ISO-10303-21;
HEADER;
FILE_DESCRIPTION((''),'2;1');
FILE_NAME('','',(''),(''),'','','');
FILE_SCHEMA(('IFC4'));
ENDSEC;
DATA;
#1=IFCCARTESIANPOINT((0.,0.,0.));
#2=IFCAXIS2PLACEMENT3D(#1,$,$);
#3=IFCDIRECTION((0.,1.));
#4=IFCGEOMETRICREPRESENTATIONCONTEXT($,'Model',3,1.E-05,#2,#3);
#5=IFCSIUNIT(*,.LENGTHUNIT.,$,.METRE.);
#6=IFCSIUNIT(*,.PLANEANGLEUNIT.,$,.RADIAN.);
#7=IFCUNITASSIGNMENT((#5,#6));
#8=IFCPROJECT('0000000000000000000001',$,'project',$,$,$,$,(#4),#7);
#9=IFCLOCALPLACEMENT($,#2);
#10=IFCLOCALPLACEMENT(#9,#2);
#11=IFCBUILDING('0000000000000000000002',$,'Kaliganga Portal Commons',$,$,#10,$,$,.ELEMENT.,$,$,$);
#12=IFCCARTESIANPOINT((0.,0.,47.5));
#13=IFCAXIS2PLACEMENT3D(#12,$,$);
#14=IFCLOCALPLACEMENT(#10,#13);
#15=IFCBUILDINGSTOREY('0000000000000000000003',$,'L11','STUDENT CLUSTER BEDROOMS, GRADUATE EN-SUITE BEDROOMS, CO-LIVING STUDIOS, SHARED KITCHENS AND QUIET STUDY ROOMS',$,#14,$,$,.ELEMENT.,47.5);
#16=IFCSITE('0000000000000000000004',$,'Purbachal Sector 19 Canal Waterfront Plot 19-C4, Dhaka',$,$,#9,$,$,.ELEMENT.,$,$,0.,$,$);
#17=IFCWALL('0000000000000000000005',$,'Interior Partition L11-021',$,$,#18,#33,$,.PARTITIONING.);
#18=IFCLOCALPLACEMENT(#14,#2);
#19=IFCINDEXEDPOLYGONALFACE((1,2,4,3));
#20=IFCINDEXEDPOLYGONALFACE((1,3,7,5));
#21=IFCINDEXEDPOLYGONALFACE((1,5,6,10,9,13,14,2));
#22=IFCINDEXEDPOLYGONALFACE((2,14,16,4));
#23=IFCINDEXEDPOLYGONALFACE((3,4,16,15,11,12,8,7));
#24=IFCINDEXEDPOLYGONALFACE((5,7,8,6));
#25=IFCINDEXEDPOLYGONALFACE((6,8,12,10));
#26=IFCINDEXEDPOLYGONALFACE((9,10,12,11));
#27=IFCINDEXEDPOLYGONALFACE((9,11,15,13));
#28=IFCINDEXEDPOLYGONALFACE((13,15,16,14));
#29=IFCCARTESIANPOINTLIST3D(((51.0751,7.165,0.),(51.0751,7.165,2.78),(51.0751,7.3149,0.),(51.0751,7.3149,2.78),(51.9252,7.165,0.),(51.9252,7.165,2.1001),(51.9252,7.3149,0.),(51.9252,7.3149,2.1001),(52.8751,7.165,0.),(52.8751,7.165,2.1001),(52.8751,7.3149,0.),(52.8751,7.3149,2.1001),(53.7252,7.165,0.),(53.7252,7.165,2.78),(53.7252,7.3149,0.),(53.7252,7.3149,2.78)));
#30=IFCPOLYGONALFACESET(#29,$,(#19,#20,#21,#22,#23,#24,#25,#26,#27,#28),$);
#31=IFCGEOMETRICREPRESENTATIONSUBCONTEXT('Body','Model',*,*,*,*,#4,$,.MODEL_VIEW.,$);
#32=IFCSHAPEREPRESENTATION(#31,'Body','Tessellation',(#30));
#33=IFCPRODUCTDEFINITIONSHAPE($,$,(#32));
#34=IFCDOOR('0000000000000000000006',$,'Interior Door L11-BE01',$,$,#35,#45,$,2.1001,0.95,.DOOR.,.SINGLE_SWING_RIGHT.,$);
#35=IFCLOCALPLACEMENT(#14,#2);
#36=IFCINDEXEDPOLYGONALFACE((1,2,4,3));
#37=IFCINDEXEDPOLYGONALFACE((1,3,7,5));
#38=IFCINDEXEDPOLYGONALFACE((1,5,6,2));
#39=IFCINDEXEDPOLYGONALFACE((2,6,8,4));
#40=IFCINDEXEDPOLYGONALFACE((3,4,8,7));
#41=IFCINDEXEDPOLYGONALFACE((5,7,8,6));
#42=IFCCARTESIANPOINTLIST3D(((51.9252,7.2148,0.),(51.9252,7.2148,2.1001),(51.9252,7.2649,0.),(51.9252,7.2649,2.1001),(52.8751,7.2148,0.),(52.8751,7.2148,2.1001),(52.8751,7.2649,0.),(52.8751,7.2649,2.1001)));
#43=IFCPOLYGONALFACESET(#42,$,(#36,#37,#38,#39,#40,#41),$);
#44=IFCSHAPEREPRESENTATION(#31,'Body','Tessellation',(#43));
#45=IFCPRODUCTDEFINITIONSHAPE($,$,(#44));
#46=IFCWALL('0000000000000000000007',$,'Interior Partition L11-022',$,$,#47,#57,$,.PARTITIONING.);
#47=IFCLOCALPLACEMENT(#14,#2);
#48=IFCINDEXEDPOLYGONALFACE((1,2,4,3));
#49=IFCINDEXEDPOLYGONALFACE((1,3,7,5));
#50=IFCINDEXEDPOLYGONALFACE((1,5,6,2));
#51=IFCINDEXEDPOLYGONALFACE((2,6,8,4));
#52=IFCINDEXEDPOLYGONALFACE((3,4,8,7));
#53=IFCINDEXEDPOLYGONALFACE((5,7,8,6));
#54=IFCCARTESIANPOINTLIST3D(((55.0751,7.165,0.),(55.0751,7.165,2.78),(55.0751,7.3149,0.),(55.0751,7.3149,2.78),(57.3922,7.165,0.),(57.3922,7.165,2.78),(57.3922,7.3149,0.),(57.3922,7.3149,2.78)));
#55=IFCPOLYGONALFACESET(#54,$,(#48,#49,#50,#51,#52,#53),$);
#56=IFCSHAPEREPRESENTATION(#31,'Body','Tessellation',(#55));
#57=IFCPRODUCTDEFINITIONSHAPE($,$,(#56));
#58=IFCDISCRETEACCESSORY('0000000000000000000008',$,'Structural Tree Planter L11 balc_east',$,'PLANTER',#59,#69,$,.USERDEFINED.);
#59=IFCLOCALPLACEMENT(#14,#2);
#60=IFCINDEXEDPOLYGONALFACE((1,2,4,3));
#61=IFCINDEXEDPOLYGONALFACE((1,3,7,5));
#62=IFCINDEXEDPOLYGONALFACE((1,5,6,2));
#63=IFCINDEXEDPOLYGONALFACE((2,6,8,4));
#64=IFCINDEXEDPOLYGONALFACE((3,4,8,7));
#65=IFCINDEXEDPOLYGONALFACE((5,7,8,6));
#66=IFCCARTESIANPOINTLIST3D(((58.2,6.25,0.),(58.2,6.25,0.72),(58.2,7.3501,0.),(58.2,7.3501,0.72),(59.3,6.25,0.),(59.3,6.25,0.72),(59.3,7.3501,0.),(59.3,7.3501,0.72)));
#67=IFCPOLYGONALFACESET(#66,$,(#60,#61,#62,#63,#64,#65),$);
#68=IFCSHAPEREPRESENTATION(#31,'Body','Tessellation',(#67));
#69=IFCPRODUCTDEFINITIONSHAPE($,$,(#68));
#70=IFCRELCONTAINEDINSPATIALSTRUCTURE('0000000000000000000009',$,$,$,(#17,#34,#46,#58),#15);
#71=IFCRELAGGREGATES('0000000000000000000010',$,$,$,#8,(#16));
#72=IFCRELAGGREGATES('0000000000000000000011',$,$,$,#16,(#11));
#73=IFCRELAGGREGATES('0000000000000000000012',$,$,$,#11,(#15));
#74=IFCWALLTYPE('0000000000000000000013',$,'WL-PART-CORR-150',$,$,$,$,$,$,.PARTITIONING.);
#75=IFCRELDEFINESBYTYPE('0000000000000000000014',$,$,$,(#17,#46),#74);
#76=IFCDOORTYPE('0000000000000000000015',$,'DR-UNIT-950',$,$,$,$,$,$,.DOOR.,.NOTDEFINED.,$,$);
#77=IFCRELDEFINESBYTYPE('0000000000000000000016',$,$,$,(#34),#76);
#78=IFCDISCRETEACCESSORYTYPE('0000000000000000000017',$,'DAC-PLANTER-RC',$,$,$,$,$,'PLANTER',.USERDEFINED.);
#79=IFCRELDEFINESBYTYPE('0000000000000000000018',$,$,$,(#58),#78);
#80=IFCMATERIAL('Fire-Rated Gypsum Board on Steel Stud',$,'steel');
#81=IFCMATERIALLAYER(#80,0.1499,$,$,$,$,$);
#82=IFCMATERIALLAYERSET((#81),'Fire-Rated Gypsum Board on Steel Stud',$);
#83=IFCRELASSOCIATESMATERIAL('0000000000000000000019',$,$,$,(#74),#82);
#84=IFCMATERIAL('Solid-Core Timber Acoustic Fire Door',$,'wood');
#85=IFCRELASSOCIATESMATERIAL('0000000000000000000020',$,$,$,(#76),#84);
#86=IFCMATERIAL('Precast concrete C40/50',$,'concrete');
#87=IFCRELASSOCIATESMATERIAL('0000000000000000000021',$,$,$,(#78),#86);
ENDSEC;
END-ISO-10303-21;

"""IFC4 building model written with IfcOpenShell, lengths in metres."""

from ifc_helpers import new_model, si_unit, direction, frame, frame_2d, origin, origin_2d, place, context, subcontext, project, spatial, rectangle, extrude, source, transform, mapped, material, layer, layer_set, type_object, element, fill, save


model = new_model("IFC4")

# Units and contexts
model_context = context("Model", 3, precision=1e-05, world=origin(), true_north=direction((0.0, 1.0)))
body_context = subcontext(model_context, "Body", "Model", "MODEL_VIEW")
ifc_project = project(units=[si_unit("LENGTHUNIT", "METRE"), si_unit("PLANEANGLEUNIT", "RADIAN")], contexts=[model_context])

# Site, building, storey
site_placement = place(None, origin())
site = spatial("IfcSite", under=ifc_project, at=site_placement, Name="Purbachal Sector 19 Canal Waterfront Plot 19-C4, Dhaka", CompositionType="ELEMENT", RefElevation=0.0)
building_placement = place(site_placement, origin())
building = spatial("IfcBuilding", under=site, at=building_placement, Name="Kaliganga Portal Commons", CompositionType="ELEMENT")
storey_placement = place(building_placement, frame((0.0, 0.0, 47.5)))
storey = spatial("IfcBuildingStorey", under=building, at=storey_placement, Name="L11", Description="STUDENT CLUSTER BEDROOMS, GRADUATE EN-SUITE BEDROOMS, CO-LIVING STUDIOS, SHARED KITCHENS AND QUIET STUDY ROOMS", CompositionType="ELEMENT", Elevation=47.5)

# Wall, opening, door
ifc_material_1 = material(Name="Fire-Rated Gypsum Board on Steel Stud", Category="steel")
ifc_layer_1 = layer(ifc_material_1, 0.1499)
ifc_layer_set_1 = layer_set([ifc_layer_1], Name="Fire-Rated Gypsum Board on Steel Stud")
wall_type_1 = type_object("IfcWallType", Name="WL-PART-CORR-150", PredefinedType="PARTITIONING", material=ifc_layer_set_1)
wall_1_placement = place(storey_placement, frame((51.075, 7.24, 0.0), z_axis=(0.0, 0.0, 1.0), x_axis=(1.0, 0.0, 0.0)))
wall_1 = element("IfcWall", 1, at=wall_1_placement, inside=storey, type_object=wall_type_1, Name="Interior Partition L11-021", PredefinedType="PARTITIONING", context=body_context, shape_type="SweptSolid", body=[
    extrude(rectangle(XDim=2.6501, YDim=0.1499, at=frame_2d((1.3252, 0.0))), origin(), (0.0, 0.0, 1.0), 2.78),
])
opening_1_placement = place(wall_1_placement, frame((0.8501, 0.0, 0.0)))
opening_1 = element("IfcOpeningElement", 2, at=opening_1_placement, cuts=wall_1, PredefinedType="OPENING", context=body_context, shape_type="SweptSolid", body=[
    extrude(rectangle(XDim=0.95, YDim=2.1001, at=frame_2d((0.4751, 1.05))), frame((0.0, 0.085, 0.0), z_axis=(0.0, -1.0, 0.0), x_axis=(1.0, 0.0, 0.0)), (0.0, 0.0, 1.0), 0.1699),
])
ifc_material_2 = material(Name="Solid-Core Timber Acoustic Fire Door", Category="wood")
door_type_1 = type_object("IfcDoorType", Name="DR-UNIT-950", OperationType="NOTDEFINED", PredefinedType="DOOR", material=ifc_material_2)
door_1_placement = place(opening_1_placement, origin())
door_1 = element("IfcDoor", 3, at=door_1_placement, inside=storey, type_object=door_type_1, Name="Interior Door L11-BE01", OperationType="SINGLE_SWING_RIGHT", OverallHeight=2.1001, OverallWidth=0.95, PredefinedType="DOOR", context=body_context, shape_type="SweptSolid", body=[
    extrude(rectangle(XDim=0.95, YDim=2.1001, at=frame_2d((0.4751, 1.05))), frame((0.0, 0.0249, 0.0), z_axis=(0.0, -1.0, 0.0), x_axis=(1.0, 0.0, 0.0)), (0.0, 0.0, 1.0), 0.05),
])
fill(opening_1, door_1)

# Wall
wall_2_placement = place(storey_placement, frame((55.075, 7.24, 0.0), z_axis=(0.0, 0.0, 1.0), x_axis=(1.0, 0.0, 0.0)))
element("IfcWall", 4, at=wall_2_placement, inside=storey, type_object=wall_type_1, Name="Interior Partition L11-022", PredefinedType="PARTITIONING", context=body_context, shape_type="SweptSolid", body=[
    extrude(rectangle(XDim=2.3171, YDim=0.1499, at=frame_2d((1.1587, 0.0))), origin(), (0.0, 0.0, 1.0), 2.78),
])

# Discrete accessory
ifc_material_3 = material(Name="Precast concrete C40/50", Category="concrete")
discrete_accessory_type = type_object("IfcDiscreteAccessoryType", Name="DAC-PLANTER-RC", ElementType="PLANTER", PredefinedType="USERDEFINED", material=ifc_material_3)
shared_shape_1 = source(origin(), body_context, "Body", "SweptSolid", [
    extrude(rectangle(XDim=1.1001, YDim=1.1001, at=origin_2d()), origin(), (0.0, 0.0, 1.0), 0.72),
])
discrete_accessory_placement = place(storey_placement, frame((58.75, 6.8, 0.0), z_axis=(0.0, 0.0, 1.0), x_axis=(1.0, 0.0, 0.0)))
element("IfcDiscreteAccessory", 5, at=discrete_accessory_placement, inside=storey, type_object=discrete_accessory_type, Name="Structural Tree Planter L11 balc_east", ObjectType="PLANTER", PredefinedType="USERDEFINED", context=body_context, shape_type="MappedRepresentation", body=[
    mapped(shared_shape_1, transform((0.0, 0.0, 0.0), x_axis=(1.0, 0.0, 0.0), y_axis=(0.0, 1.0, 0.0), z_axis=(0.0, 0.0, 1.0), scale=1.0)),
])

save(model, "model.ifc")
